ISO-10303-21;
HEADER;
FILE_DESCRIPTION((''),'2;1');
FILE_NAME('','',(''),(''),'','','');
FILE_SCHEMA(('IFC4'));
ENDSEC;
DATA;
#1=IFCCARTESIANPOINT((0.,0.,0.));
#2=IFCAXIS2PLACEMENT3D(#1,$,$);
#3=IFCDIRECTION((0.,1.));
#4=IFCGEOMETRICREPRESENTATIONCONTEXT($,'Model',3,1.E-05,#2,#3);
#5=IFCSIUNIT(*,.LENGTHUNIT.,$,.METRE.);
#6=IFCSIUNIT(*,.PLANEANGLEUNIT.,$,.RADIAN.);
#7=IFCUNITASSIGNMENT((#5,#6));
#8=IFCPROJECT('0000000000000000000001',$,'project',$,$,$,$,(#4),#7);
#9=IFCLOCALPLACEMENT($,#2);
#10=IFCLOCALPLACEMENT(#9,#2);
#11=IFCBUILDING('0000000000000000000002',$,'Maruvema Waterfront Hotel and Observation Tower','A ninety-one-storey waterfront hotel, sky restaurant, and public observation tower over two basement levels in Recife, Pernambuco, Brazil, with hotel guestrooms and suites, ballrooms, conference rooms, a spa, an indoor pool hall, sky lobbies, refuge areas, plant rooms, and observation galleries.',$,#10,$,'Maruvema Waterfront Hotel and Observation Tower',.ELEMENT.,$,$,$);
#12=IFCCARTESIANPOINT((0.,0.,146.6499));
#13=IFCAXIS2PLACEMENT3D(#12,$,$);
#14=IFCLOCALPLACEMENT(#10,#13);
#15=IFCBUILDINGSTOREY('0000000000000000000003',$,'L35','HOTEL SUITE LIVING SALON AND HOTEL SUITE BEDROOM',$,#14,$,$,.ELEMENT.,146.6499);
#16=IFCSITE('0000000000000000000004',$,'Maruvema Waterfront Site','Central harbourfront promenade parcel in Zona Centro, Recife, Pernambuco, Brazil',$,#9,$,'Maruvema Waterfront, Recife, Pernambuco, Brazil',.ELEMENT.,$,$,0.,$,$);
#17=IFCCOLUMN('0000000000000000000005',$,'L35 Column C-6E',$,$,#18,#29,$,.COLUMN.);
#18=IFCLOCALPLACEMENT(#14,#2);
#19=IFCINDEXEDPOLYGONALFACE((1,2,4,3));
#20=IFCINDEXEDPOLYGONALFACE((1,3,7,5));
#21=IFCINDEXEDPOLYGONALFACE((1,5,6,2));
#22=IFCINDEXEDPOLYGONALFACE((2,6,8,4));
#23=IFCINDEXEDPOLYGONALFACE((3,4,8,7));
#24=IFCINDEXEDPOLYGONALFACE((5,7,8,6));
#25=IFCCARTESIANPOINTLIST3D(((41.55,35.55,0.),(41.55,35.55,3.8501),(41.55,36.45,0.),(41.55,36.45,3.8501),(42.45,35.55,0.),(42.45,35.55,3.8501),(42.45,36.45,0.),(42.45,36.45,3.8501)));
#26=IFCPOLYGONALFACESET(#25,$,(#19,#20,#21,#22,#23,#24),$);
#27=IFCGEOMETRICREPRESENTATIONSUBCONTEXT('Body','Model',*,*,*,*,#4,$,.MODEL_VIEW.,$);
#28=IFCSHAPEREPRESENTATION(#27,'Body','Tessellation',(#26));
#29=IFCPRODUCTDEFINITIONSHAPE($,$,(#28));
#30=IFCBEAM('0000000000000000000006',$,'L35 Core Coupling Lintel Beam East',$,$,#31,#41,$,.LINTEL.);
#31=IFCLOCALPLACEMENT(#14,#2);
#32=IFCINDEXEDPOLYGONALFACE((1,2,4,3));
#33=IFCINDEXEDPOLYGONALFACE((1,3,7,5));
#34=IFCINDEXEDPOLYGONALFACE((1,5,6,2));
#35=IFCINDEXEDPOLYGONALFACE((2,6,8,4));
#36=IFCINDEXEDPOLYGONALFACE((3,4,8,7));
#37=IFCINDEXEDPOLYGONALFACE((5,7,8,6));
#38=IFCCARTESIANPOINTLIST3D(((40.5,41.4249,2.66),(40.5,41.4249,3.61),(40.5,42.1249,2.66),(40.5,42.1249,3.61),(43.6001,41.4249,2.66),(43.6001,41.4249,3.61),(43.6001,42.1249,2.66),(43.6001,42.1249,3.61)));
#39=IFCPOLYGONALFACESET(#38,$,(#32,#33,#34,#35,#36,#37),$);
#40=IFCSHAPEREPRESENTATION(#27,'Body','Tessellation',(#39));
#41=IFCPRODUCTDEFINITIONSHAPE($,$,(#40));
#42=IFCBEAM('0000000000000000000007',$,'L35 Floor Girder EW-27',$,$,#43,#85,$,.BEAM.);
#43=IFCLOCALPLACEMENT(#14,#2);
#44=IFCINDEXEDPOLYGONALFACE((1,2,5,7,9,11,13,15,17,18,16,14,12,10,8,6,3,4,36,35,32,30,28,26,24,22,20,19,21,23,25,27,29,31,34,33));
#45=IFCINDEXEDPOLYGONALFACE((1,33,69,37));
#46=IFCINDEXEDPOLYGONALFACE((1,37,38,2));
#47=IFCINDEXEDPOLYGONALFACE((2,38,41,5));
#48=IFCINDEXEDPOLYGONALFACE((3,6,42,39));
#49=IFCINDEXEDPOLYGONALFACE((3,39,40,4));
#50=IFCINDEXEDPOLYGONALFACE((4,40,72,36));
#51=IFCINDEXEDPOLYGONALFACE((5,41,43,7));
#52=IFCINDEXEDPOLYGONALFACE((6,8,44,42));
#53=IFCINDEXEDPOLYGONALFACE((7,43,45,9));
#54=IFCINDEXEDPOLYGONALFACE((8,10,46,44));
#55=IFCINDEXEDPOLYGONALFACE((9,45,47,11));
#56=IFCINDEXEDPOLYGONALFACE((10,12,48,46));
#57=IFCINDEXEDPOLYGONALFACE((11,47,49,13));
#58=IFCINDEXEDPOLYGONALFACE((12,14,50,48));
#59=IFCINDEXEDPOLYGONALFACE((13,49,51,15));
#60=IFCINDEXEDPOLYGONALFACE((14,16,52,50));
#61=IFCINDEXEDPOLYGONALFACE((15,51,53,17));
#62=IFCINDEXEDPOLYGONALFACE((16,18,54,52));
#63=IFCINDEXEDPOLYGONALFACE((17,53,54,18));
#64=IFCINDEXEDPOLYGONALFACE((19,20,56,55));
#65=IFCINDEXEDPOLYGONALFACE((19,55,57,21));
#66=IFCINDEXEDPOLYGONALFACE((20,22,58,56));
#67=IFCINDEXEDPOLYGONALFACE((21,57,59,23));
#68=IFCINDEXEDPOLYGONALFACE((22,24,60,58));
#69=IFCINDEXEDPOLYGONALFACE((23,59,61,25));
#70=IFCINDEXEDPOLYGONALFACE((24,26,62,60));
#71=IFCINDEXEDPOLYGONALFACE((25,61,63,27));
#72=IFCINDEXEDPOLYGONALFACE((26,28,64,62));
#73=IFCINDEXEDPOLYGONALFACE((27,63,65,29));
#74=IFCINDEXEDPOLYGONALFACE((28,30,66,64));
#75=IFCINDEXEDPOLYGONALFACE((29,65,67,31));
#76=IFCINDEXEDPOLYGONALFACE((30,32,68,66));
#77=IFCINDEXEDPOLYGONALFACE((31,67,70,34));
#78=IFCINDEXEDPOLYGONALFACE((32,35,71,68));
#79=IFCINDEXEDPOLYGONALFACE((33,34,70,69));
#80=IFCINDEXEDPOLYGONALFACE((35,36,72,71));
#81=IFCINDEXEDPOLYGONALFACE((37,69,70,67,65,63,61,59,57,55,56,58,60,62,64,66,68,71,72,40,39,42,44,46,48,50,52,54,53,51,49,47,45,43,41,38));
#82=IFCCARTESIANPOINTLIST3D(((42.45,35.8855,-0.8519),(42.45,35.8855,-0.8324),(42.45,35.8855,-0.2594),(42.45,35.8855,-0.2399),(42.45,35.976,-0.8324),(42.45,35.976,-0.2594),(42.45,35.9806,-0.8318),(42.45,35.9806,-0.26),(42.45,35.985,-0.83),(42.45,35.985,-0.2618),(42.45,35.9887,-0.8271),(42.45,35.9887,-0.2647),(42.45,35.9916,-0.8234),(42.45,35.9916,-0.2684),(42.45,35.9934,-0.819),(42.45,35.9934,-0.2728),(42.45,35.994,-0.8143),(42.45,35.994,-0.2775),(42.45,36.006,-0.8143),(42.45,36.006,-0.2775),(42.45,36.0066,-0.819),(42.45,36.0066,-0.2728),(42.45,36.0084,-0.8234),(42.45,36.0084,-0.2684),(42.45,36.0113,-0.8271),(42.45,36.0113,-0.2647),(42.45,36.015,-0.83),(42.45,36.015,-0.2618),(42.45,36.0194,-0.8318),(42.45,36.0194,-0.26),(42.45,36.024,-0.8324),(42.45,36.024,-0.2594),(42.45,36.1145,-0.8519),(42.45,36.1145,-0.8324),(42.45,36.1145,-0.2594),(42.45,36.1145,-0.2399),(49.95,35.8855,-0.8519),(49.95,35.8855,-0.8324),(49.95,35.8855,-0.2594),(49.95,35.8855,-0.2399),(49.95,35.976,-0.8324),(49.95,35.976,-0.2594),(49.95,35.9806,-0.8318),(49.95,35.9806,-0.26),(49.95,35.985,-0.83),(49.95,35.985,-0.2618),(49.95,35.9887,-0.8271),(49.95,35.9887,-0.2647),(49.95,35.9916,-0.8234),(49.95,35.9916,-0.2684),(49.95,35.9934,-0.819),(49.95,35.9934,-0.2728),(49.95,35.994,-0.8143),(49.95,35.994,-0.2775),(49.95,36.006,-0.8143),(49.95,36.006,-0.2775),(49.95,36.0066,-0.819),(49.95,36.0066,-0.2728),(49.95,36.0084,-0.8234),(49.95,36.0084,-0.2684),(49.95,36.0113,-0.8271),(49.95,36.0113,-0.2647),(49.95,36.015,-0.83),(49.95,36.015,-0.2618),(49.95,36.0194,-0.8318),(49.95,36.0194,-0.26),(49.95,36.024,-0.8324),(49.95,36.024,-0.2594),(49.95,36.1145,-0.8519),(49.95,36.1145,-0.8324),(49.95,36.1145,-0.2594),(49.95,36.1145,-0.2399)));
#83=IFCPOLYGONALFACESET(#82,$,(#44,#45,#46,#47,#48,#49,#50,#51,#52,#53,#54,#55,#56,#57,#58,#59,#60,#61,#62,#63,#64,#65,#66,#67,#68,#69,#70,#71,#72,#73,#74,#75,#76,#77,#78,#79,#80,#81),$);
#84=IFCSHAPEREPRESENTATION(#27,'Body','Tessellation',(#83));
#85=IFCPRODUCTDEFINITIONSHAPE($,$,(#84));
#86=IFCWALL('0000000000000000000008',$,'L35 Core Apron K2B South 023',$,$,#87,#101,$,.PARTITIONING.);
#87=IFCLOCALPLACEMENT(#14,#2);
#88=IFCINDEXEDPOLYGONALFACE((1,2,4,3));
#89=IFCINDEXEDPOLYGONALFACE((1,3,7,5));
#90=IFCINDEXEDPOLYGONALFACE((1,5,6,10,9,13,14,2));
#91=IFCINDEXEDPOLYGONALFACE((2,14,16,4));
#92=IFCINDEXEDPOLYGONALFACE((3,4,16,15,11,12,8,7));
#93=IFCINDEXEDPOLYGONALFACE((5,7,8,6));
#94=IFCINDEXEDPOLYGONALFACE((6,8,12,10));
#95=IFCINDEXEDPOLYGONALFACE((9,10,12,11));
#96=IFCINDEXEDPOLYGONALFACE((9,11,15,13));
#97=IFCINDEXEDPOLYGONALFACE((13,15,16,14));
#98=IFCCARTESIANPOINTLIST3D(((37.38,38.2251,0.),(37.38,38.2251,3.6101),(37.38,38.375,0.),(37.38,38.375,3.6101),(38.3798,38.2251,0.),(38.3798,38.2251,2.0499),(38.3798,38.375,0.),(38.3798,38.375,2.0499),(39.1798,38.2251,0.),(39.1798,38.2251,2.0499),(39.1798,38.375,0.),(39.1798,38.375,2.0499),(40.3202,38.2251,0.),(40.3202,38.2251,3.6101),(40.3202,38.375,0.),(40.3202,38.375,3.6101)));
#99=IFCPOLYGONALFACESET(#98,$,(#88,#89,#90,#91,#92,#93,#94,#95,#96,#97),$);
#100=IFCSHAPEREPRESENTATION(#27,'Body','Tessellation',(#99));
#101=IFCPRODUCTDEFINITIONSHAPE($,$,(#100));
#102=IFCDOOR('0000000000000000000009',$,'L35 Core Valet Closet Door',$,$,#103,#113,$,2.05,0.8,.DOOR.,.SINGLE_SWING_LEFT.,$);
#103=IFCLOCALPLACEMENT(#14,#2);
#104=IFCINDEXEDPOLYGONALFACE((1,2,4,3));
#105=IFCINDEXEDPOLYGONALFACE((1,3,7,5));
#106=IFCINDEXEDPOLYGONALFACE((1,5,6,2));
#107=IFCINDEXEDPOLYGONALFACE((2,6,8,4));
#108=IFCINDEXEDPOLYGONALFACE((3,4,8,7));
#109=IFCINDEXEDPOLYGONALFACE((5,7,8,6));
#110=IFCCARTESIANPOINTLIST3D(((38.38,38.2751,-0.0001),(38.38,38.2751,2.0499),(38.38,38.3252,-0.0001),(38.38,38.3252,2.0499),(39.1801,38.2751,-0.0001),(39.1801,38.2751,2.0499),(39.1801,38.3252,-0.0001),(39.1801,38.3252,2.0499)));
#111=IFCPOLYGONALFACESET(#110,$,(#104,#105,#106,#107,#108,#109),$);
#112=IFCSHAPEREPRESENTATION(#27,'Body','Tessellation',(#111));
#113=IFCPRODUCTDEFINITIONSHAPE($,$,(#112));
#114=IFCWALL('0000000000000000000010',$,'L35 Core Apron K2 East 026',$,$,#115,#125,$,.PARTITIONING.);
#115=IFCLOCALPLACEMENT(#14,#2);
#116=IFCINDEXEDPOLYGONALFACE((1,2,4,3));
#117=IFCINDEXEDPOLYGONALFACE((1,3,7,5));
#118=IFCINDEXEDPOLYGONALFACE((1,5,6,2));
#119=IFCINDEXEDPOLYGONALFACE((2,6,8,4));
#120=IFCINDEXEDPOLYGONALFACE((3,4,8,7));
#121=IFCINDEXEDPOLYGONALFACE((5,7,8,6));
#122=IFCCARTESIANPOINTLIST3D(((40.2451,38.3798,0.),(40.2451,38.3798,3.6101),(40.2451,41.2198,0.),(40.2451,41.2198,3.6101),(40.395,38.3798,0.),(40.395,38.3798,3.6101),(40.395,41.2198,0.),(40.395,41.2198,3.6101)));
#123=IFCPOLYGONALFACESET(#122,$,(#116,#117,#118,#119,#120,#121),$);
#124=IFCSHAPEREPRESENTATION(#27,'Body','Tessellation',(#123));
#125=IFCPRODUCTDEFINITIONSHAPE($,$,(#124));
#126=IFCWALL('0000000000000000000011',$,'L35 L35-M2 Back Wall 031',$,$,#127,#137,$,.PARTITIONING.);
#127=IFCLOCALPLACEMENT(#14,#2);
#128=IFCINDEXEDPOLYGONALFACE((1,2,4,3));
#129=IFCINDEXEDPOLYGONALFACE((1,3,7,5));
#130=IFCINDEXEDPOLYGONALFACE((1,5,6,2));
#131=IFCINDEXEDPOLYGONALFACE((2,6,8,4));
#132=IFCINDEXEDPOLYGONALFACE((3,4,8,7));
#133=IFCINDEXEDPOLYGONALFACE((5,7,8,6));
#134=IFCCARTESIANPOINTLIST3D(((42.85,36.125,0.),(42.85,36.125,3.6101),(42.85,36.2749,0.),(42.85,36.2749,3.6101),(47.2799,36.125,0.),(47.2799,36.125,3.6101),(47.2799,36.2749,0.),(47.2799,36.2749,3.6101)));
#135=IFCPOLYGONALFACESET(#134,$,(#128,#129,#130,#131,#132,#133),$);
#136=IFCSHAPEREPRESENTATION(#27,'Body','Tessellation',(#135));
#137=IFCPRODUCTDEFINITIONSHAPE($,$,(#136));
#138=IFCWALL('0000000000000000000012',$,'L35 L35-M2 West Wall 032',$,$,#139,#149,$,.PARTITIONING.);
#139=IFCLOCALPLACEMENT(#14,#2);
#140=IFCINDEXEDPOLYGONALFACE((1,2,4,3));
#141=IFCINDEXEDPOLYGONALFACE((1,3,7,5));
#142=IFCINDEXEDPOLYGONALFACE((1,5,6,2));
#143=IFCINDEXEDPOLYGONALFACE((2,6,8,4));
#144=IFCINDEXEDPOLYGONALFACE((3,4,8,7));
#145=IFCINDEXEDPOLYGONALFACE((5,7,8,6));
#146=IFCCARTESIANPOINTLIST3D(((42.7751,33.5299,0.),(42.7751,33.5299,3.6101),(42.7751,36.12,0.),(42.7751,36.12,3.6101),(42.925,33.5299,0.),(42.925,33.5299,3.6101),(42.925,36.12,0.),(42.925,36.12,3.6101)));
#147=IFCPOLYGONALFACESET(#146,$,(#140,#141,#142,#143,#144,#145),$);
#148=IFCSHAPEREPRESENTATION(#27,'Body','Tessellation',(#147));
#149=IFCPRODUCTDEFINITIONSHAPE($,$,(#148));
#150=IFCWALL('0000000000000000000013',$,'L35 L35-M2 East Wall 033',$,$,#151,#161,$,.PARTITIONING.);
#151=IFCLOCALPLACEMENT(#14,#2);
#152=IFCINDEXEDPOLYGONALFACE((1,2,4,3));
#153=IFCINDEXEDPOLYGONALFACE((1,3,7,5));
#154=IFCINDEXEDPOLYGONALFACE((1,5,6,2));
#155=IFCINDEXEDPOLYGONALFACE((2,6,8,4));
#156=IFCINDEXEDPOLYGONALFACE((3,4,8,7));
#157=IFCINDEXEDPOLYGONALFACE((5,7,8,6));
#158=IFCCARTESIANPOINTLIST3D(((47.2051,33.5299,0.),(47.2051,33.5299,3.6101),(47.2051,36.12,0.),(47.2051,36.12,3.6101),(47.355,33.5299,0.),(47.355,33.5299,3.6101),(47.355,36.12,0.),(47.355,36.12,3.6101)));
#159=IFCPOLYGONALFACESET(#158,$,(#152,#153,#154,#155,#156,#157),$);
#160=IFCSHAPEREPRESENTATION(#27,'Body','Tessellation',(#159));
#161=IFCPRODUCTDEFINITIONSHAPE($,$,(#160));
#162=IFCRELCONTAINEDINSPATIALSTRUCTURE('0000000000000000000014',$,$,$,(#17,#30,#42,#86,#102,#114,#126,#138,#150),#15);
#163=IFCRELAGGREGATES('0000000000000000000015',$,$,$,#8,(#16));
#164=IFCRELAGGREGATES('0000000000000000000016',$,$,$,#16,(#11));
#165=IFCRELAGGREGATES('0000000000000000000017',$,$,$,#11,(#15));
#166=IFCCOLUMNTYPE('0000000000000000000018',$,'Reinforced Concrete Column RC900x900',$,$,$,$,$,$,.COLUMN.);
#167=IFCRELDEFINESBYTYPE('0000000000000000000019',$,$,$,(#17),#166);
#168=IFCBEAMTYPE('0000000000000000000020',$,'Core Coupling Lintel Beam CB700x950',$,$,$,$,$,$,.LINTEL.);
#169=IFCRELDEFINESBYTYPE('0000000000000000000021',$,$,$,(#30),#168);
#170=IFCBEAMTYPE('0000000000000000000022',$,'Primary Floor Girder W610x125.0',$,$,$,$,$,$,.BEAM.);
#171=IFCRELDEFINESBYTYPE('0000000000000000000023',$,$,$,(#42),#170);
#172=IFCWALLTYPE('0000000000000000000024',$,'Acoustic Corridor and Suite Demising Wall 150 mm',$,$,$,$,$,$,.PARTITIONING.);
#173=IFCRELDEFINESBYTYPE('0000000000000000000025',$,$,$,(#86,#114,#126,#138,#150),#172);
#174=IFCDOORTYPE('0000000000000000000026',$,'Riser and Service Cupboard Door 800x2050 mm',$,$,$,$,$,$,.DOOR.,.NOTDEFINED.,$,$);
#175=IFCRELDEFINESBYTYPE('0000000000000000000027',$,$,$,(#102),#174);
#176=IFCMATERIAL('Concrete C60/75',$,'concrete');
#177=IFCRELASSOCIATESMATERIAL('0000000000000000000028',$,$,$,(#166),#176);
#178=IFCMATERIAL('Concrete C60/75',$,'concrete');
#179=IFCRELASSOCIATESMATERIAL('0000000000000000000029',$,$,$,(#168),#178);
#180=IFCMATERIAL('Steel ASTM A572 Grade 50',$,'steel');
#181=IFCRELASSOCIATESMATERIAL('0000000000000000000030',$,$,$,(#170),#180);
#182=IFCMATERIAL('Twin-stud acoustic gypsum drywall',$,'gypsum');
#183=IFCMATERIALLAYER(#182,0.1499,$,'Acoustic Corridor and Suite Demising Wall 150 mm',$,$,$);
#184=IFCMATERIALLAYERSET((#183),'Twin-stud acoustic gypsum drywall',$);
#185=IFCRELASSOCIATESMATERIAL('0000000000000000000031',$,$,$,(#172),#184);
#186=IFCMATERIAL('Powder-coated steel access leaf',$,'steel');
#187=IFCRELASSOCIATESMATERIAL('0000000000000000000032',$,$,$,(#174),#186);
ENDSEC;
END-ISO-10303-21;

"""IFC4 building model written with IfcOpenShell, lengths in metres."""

from ifc_helpers import new_model, si_unit, direction, frame, frame_2d, origin, origin_2d, place, context, subcontext, project, spatial, rectangle, i_section, extrude, material, layer, layer_set, material_profile, profile_set, type_object, element, fill, save


model = new_model("IFC4")

# Units and contexts
model_context = context("Model", 3, precision=1e-05, world=origin(), true_north=direction((0.0, 1.0)))
body_context = subcontext(model_context, "Body", "Model", "MODEL_VIEW")
ifc_project = project(units=[si_unit("LENGTHUNIT", "METRE"), si_unit("PLANEANGLEUNIT", "RADIAN")], contexts=[model_context])

# Site, building, storey
site_placement = place(None, origin())
site = spatial("IfcSite", under=ifc_project, at=site_placement, Name="Maruvema Waterfront Site", Description="Central harbourfront promenade parcel in Zona Centro, Recife, Pernambuco, Brazil", LongName="Maruvema Waterfront, Recife, Pernambuco, Brazil", CompositionType="ELEMENT", RefElevation=0.0)
building_placement = place(site_placement, origin())
building = spatial("IfcBuilding", under=site, at=building_placement, Name="Maruvema Waterfront Hotel and Observation Tower", Description="A ninety-one-storey waterfront hotel, sky restaurant, and public observation tower over two basement levels in Recife, Pernambuco, Brazil, with hotel guestrooms and suites, ballrooms, conference rooms, a spa, an indoor pool hall, sky lobbies, refuge areas, plant rooms, and observation galleries.", LongName="Maruvema Waterfront Hotel and Observation Tower", CompositionType="ELEMENT")
storey_placement = place(building_placement, frame((0.0, 0.0, 146.6499)))
storey = spatial("IfcBuildingStorey", under=building, at=storey_placement, Name="L35", Description="HOTEL SUITE LIVING SALON AND HOTEL SUITE BEDROOM", CompositionType="ELEMENT", Elevation=146.6499)

# Column
ifc_material_1 = material(Name="Concrete C60/75", Category="concrete")
ifc_material_profile_1 = material_profile(ifc_material_1, rectangle(XDim=0.8999, YDim=0.8999, at=origin_2d()), Name="RC900x900")
ifc_profile_set_1 = profile_set([ifc_material_profile_1], Name="Concrete C60/75")
column_type = type_object("IfcColumnType", Name="Reinforced Concrete Column RC900x900", PredefinedType="COLUMN", material=ifc_profile_set_1)
column_placement = place(storey_placement, frame((42.0, 36.0, 0.0), z_axis=(0.0, 0.0, 1.0), x_axis=(1.0, 0.0, 0.0)))
element("IfcColumn", 1, at=column_placement, inside=storey, type_object=column_type, Name="L35 Column C-6E", PredefinedType="COLUMN", context=body_context, shape_type="SweptSolid", body=[
    extrude(rectangle(XDim=0.8999, YDim=0.8999, at=origin_2d()), origin(), (0.0, 0.0, 1.0), 3.8501),
])

# Beams
ifc_material_2 = material(Name="Concrete C60/75", Category="concrete")
ifc_material_profile_2 = material_profile(ifc_material_2, rectangle(XDim=0.7, YDim=0.95, at=origin_2d()), Name="CB700x950")
ifc_profile_set_2 = profile_set([ifc_material_profile_2], Name="Concrete C60/75")
beam_type_1 = type_object("IfcBeamType", Name="Core Coupling Lintel Beam CB700x950", PredefinedType="LINTEL", material=ifc_profile_set_2)
beam_1_placement = place(storey_placement, frame((40.5, 41.7749, 3.135), z_axis=(1.0, 0.0, 0.0), x_axis=(0.0, 1.0, 0.0)))
element("IfcBeam", 2, at=beam_1_placement, inside=storey, type_object=beam_type_1, Name="L35 Core Coupling Lintel Beam East", PredefinedType="LINTEL", context=body_context, shape_type="SweptSolid", body=[
    extrude(rectangle(XDim=0.7, YDim=0.95, at=origin_2d()), origin(), (0.0, 0.0, 1.0), 3.1001),
])
ifc_material_3 = material(Name="Steel ASTM A572 Grade 50", Category="steel")
ifc_material_profile_3 = material_profile(ifc_material_3, i_section(OverallWidth=0.229, OverallDepth=0.6121, WebThickness=0.012, FlangeThickness=0.0195, FilletRadius=0.0181, at=origin_2d()), Name="W610x125.0")
ifc_profile_set_3 = profile_set([ifc_material_profile_3], Name="Steel ASTM A572 Grade 50")
beam_type_2 = type_object("IfcBeamType", Name="Primary Floor Girder W610x125.0", PredefinedType="BEAM", material=ifc_profile_set_3)
beam_2_placement = place(storey_placement, frame((42.45, 36.0, -0.5459), z_axis=(1.0, 0.0, 0.0), x_axis=(0.0, 1.0, 0.0)))
element("IfcBeam", 3, at=beam_2_placement, inside=storey, type_object=beam_type_2, Name="L35 Floor Girder EW-27", PredefinedType="BEAM", context=body_context, shape_type="SweptSolid", body=[
    extrude(i_section(OverallWidth=0.229, OverallDepth=0.6121, WebThickness=0.012, FlangeThickness=0.0195, FilletRadius=0.0181, at=origin_2d()), origin(), (0.0, 0.0, 1.0), 7.5),
])

# Wall, opening, door
ifc_material_4 = material(Name="Twin-stud acoustic gypsum drywall", Category="gypsum")
ifc_layer_1 = layer(ifc_material_4, 0.1499, Name="Acoustic Corridor and Suite Demising Wall 150 mm")
ifc_layer_set_1 = layer_set([ifc_layer_1], Name="Twin-stud acoustic gypsum drywall")
wall_type_1 = type_object("IfcWallType", Name="Acoustic Corridor and Suite Demising Wall 150 mm", PredefinedType="PARTITIONING", material=ifc_layer_set_1)
wall_1_placement = place(storey_placement, frame((37.3799, 38.3, 0.0), z_axis=(0.0, 0.0, 1.0), x_axis=(1.0, 0.0, 0.0)))
wall_1 = element("IfcWall", 4, at=wall_1_placement, inside=storey, type_object=wall_type_1, Name="L35 Core Apron K2B South 023", PredefinedType="PARTITIONING", context=body_context, shape_type="SweptSolid", body=[
    extrude(rectangle(XDim=2.9402, YDim=0.1499, at=frame_2d((1.4702, 0.0))), origin(), (0.0, 0.0, 1.0), 3.6101),
])
opening_1_placement = place(wall_1_placement, frame((1.0, 0.0, 0.0)))
opening_1 = element("IfcOpeningElement", 5, at=opening_1_placement, cuts=wall_1, PredefinedType="OPENING", context=body_context, shape_type="SweptSolid", body=[
    extrude(rectangle(XDim=0.8, YDim=2.05, at=frame_2d((0.3999, 1.0249))), frame((0.0, 0.085, 0.0), z_axis=(0.0, -1.0, 0.0), x_axis=(1.0, 0.0, 0.0)), (0.0, 0.0, 1.0), 0.1699),
])
ifc_material_5 = material(Name="Powder-coated steel access leaf", Category="steel")
door_type_1 = type_object("IfcDoorType", Name="Riser and Service Cupboard Door 800x2050 mm", OperationType="NOTDEFINED", PredefinedType="DOOR", material=ifc_material_5)
door_1_placement = place(opening_1_placement, frame((0.8, 0.0, 0.0), z_axis=(0.0, 0.0, 1.0), x_axis=(-1.0, 0.0, 0.0)))
door_1 = element("IfcDoor", 6, at=door_1_placement, inside=storey, type_object=door_type_1, Name="L35 Core Valet Closet Door", OperationType="SINGLE_SWING_LEFT", OverallHeight=2.05, OverallWidth=0.8, PredefinedType="DOOR", context=body_context, shape_type="SweptSolid", body=[
    extrude(rectangle(XDim=0.8, YDim=2.05, at=frame_2d((0.3999, 1.0249))), frame((0.0, 0.0249, 0.0), z_axis=(0.0, -1.0, 0.0), x_axis=(1.0, 0.0, 0.0)), (0.0, 0.0, 1.0), 0.05),
])
fill(opening_1, door_1)

# Walls
wall_2_placement = place(storey_placement, frame((40.3201, 38.3799, 0.0), z_axis=(0.0, 0.0, 1.0), x_axis=(0.0, 1.0, 0.0)))
element("IfcWall", 7, at=wall_2_placement, inside=storey, type_object=wall_type_1, Name="L35 Core Apron K2 East 026", PredefinedType="PARTITIONING", context=body_context, shape_type="SweptSolid", body=[
    extrude(rectangle(XDim=2.8401, YDim=0.1499, at=frame_2d((1.4199, 0.0))), origin(), (0.0, 0.0, 1.0), 3.6101),
])
wall_3_placement = place(storey_placement, frame((42.8501, 36.2, 0.0), z_axis=(0.0, 0.0, 1.0), x_axis=(1.0, 0.0, 0.0)))
element("IfcWall", 8, at=wall_3_placement, inside=storey, type_object=wall_type_1, Name="L35 L35-M2 Back Wall 031", PredefinedType="PARTITIONING", context=body_context, shape_type="SweptSolid", body=[
    extrude(rectangle(XDim=4.4299, YDim=0.1499, at=frame_2d((2.2148, 0.0))), origin(), (0.0, 0.0, 1.0), 3.6101),
])
for number, where, z_axis, x_axis, name in (
    (9, (42.8501, 33.53, 0.0), (0.0, 0.0, 1.0), (0.0, 1.0, 0.0), "L35 L35-M2 West Wall 032"),
    (10, (47.28, 33.53, 0.0), (0.0, 0.0, 1.0), (0.0, 1.0, 0.0), "L35 L35-M2 East Wall 033"),
):
    element("IfcWall", number, at=place(storey_placement, frame(where, z_axis=z_axis, x_axis=x_axis)), inside=storey, type_object=wall_type_1, Name=name, PredefinedType="PARTITIONING", context=body_context, shape_type="SweptSolid", body=[
        extrude(rectangle(XDim=2.5901, YDim=0.1499, at=frame_2d((1.2949, 0.0))), origin(), (0.0, 0.0, 1.0), 3.6101),
    ])

save(model, "model.ifc")
